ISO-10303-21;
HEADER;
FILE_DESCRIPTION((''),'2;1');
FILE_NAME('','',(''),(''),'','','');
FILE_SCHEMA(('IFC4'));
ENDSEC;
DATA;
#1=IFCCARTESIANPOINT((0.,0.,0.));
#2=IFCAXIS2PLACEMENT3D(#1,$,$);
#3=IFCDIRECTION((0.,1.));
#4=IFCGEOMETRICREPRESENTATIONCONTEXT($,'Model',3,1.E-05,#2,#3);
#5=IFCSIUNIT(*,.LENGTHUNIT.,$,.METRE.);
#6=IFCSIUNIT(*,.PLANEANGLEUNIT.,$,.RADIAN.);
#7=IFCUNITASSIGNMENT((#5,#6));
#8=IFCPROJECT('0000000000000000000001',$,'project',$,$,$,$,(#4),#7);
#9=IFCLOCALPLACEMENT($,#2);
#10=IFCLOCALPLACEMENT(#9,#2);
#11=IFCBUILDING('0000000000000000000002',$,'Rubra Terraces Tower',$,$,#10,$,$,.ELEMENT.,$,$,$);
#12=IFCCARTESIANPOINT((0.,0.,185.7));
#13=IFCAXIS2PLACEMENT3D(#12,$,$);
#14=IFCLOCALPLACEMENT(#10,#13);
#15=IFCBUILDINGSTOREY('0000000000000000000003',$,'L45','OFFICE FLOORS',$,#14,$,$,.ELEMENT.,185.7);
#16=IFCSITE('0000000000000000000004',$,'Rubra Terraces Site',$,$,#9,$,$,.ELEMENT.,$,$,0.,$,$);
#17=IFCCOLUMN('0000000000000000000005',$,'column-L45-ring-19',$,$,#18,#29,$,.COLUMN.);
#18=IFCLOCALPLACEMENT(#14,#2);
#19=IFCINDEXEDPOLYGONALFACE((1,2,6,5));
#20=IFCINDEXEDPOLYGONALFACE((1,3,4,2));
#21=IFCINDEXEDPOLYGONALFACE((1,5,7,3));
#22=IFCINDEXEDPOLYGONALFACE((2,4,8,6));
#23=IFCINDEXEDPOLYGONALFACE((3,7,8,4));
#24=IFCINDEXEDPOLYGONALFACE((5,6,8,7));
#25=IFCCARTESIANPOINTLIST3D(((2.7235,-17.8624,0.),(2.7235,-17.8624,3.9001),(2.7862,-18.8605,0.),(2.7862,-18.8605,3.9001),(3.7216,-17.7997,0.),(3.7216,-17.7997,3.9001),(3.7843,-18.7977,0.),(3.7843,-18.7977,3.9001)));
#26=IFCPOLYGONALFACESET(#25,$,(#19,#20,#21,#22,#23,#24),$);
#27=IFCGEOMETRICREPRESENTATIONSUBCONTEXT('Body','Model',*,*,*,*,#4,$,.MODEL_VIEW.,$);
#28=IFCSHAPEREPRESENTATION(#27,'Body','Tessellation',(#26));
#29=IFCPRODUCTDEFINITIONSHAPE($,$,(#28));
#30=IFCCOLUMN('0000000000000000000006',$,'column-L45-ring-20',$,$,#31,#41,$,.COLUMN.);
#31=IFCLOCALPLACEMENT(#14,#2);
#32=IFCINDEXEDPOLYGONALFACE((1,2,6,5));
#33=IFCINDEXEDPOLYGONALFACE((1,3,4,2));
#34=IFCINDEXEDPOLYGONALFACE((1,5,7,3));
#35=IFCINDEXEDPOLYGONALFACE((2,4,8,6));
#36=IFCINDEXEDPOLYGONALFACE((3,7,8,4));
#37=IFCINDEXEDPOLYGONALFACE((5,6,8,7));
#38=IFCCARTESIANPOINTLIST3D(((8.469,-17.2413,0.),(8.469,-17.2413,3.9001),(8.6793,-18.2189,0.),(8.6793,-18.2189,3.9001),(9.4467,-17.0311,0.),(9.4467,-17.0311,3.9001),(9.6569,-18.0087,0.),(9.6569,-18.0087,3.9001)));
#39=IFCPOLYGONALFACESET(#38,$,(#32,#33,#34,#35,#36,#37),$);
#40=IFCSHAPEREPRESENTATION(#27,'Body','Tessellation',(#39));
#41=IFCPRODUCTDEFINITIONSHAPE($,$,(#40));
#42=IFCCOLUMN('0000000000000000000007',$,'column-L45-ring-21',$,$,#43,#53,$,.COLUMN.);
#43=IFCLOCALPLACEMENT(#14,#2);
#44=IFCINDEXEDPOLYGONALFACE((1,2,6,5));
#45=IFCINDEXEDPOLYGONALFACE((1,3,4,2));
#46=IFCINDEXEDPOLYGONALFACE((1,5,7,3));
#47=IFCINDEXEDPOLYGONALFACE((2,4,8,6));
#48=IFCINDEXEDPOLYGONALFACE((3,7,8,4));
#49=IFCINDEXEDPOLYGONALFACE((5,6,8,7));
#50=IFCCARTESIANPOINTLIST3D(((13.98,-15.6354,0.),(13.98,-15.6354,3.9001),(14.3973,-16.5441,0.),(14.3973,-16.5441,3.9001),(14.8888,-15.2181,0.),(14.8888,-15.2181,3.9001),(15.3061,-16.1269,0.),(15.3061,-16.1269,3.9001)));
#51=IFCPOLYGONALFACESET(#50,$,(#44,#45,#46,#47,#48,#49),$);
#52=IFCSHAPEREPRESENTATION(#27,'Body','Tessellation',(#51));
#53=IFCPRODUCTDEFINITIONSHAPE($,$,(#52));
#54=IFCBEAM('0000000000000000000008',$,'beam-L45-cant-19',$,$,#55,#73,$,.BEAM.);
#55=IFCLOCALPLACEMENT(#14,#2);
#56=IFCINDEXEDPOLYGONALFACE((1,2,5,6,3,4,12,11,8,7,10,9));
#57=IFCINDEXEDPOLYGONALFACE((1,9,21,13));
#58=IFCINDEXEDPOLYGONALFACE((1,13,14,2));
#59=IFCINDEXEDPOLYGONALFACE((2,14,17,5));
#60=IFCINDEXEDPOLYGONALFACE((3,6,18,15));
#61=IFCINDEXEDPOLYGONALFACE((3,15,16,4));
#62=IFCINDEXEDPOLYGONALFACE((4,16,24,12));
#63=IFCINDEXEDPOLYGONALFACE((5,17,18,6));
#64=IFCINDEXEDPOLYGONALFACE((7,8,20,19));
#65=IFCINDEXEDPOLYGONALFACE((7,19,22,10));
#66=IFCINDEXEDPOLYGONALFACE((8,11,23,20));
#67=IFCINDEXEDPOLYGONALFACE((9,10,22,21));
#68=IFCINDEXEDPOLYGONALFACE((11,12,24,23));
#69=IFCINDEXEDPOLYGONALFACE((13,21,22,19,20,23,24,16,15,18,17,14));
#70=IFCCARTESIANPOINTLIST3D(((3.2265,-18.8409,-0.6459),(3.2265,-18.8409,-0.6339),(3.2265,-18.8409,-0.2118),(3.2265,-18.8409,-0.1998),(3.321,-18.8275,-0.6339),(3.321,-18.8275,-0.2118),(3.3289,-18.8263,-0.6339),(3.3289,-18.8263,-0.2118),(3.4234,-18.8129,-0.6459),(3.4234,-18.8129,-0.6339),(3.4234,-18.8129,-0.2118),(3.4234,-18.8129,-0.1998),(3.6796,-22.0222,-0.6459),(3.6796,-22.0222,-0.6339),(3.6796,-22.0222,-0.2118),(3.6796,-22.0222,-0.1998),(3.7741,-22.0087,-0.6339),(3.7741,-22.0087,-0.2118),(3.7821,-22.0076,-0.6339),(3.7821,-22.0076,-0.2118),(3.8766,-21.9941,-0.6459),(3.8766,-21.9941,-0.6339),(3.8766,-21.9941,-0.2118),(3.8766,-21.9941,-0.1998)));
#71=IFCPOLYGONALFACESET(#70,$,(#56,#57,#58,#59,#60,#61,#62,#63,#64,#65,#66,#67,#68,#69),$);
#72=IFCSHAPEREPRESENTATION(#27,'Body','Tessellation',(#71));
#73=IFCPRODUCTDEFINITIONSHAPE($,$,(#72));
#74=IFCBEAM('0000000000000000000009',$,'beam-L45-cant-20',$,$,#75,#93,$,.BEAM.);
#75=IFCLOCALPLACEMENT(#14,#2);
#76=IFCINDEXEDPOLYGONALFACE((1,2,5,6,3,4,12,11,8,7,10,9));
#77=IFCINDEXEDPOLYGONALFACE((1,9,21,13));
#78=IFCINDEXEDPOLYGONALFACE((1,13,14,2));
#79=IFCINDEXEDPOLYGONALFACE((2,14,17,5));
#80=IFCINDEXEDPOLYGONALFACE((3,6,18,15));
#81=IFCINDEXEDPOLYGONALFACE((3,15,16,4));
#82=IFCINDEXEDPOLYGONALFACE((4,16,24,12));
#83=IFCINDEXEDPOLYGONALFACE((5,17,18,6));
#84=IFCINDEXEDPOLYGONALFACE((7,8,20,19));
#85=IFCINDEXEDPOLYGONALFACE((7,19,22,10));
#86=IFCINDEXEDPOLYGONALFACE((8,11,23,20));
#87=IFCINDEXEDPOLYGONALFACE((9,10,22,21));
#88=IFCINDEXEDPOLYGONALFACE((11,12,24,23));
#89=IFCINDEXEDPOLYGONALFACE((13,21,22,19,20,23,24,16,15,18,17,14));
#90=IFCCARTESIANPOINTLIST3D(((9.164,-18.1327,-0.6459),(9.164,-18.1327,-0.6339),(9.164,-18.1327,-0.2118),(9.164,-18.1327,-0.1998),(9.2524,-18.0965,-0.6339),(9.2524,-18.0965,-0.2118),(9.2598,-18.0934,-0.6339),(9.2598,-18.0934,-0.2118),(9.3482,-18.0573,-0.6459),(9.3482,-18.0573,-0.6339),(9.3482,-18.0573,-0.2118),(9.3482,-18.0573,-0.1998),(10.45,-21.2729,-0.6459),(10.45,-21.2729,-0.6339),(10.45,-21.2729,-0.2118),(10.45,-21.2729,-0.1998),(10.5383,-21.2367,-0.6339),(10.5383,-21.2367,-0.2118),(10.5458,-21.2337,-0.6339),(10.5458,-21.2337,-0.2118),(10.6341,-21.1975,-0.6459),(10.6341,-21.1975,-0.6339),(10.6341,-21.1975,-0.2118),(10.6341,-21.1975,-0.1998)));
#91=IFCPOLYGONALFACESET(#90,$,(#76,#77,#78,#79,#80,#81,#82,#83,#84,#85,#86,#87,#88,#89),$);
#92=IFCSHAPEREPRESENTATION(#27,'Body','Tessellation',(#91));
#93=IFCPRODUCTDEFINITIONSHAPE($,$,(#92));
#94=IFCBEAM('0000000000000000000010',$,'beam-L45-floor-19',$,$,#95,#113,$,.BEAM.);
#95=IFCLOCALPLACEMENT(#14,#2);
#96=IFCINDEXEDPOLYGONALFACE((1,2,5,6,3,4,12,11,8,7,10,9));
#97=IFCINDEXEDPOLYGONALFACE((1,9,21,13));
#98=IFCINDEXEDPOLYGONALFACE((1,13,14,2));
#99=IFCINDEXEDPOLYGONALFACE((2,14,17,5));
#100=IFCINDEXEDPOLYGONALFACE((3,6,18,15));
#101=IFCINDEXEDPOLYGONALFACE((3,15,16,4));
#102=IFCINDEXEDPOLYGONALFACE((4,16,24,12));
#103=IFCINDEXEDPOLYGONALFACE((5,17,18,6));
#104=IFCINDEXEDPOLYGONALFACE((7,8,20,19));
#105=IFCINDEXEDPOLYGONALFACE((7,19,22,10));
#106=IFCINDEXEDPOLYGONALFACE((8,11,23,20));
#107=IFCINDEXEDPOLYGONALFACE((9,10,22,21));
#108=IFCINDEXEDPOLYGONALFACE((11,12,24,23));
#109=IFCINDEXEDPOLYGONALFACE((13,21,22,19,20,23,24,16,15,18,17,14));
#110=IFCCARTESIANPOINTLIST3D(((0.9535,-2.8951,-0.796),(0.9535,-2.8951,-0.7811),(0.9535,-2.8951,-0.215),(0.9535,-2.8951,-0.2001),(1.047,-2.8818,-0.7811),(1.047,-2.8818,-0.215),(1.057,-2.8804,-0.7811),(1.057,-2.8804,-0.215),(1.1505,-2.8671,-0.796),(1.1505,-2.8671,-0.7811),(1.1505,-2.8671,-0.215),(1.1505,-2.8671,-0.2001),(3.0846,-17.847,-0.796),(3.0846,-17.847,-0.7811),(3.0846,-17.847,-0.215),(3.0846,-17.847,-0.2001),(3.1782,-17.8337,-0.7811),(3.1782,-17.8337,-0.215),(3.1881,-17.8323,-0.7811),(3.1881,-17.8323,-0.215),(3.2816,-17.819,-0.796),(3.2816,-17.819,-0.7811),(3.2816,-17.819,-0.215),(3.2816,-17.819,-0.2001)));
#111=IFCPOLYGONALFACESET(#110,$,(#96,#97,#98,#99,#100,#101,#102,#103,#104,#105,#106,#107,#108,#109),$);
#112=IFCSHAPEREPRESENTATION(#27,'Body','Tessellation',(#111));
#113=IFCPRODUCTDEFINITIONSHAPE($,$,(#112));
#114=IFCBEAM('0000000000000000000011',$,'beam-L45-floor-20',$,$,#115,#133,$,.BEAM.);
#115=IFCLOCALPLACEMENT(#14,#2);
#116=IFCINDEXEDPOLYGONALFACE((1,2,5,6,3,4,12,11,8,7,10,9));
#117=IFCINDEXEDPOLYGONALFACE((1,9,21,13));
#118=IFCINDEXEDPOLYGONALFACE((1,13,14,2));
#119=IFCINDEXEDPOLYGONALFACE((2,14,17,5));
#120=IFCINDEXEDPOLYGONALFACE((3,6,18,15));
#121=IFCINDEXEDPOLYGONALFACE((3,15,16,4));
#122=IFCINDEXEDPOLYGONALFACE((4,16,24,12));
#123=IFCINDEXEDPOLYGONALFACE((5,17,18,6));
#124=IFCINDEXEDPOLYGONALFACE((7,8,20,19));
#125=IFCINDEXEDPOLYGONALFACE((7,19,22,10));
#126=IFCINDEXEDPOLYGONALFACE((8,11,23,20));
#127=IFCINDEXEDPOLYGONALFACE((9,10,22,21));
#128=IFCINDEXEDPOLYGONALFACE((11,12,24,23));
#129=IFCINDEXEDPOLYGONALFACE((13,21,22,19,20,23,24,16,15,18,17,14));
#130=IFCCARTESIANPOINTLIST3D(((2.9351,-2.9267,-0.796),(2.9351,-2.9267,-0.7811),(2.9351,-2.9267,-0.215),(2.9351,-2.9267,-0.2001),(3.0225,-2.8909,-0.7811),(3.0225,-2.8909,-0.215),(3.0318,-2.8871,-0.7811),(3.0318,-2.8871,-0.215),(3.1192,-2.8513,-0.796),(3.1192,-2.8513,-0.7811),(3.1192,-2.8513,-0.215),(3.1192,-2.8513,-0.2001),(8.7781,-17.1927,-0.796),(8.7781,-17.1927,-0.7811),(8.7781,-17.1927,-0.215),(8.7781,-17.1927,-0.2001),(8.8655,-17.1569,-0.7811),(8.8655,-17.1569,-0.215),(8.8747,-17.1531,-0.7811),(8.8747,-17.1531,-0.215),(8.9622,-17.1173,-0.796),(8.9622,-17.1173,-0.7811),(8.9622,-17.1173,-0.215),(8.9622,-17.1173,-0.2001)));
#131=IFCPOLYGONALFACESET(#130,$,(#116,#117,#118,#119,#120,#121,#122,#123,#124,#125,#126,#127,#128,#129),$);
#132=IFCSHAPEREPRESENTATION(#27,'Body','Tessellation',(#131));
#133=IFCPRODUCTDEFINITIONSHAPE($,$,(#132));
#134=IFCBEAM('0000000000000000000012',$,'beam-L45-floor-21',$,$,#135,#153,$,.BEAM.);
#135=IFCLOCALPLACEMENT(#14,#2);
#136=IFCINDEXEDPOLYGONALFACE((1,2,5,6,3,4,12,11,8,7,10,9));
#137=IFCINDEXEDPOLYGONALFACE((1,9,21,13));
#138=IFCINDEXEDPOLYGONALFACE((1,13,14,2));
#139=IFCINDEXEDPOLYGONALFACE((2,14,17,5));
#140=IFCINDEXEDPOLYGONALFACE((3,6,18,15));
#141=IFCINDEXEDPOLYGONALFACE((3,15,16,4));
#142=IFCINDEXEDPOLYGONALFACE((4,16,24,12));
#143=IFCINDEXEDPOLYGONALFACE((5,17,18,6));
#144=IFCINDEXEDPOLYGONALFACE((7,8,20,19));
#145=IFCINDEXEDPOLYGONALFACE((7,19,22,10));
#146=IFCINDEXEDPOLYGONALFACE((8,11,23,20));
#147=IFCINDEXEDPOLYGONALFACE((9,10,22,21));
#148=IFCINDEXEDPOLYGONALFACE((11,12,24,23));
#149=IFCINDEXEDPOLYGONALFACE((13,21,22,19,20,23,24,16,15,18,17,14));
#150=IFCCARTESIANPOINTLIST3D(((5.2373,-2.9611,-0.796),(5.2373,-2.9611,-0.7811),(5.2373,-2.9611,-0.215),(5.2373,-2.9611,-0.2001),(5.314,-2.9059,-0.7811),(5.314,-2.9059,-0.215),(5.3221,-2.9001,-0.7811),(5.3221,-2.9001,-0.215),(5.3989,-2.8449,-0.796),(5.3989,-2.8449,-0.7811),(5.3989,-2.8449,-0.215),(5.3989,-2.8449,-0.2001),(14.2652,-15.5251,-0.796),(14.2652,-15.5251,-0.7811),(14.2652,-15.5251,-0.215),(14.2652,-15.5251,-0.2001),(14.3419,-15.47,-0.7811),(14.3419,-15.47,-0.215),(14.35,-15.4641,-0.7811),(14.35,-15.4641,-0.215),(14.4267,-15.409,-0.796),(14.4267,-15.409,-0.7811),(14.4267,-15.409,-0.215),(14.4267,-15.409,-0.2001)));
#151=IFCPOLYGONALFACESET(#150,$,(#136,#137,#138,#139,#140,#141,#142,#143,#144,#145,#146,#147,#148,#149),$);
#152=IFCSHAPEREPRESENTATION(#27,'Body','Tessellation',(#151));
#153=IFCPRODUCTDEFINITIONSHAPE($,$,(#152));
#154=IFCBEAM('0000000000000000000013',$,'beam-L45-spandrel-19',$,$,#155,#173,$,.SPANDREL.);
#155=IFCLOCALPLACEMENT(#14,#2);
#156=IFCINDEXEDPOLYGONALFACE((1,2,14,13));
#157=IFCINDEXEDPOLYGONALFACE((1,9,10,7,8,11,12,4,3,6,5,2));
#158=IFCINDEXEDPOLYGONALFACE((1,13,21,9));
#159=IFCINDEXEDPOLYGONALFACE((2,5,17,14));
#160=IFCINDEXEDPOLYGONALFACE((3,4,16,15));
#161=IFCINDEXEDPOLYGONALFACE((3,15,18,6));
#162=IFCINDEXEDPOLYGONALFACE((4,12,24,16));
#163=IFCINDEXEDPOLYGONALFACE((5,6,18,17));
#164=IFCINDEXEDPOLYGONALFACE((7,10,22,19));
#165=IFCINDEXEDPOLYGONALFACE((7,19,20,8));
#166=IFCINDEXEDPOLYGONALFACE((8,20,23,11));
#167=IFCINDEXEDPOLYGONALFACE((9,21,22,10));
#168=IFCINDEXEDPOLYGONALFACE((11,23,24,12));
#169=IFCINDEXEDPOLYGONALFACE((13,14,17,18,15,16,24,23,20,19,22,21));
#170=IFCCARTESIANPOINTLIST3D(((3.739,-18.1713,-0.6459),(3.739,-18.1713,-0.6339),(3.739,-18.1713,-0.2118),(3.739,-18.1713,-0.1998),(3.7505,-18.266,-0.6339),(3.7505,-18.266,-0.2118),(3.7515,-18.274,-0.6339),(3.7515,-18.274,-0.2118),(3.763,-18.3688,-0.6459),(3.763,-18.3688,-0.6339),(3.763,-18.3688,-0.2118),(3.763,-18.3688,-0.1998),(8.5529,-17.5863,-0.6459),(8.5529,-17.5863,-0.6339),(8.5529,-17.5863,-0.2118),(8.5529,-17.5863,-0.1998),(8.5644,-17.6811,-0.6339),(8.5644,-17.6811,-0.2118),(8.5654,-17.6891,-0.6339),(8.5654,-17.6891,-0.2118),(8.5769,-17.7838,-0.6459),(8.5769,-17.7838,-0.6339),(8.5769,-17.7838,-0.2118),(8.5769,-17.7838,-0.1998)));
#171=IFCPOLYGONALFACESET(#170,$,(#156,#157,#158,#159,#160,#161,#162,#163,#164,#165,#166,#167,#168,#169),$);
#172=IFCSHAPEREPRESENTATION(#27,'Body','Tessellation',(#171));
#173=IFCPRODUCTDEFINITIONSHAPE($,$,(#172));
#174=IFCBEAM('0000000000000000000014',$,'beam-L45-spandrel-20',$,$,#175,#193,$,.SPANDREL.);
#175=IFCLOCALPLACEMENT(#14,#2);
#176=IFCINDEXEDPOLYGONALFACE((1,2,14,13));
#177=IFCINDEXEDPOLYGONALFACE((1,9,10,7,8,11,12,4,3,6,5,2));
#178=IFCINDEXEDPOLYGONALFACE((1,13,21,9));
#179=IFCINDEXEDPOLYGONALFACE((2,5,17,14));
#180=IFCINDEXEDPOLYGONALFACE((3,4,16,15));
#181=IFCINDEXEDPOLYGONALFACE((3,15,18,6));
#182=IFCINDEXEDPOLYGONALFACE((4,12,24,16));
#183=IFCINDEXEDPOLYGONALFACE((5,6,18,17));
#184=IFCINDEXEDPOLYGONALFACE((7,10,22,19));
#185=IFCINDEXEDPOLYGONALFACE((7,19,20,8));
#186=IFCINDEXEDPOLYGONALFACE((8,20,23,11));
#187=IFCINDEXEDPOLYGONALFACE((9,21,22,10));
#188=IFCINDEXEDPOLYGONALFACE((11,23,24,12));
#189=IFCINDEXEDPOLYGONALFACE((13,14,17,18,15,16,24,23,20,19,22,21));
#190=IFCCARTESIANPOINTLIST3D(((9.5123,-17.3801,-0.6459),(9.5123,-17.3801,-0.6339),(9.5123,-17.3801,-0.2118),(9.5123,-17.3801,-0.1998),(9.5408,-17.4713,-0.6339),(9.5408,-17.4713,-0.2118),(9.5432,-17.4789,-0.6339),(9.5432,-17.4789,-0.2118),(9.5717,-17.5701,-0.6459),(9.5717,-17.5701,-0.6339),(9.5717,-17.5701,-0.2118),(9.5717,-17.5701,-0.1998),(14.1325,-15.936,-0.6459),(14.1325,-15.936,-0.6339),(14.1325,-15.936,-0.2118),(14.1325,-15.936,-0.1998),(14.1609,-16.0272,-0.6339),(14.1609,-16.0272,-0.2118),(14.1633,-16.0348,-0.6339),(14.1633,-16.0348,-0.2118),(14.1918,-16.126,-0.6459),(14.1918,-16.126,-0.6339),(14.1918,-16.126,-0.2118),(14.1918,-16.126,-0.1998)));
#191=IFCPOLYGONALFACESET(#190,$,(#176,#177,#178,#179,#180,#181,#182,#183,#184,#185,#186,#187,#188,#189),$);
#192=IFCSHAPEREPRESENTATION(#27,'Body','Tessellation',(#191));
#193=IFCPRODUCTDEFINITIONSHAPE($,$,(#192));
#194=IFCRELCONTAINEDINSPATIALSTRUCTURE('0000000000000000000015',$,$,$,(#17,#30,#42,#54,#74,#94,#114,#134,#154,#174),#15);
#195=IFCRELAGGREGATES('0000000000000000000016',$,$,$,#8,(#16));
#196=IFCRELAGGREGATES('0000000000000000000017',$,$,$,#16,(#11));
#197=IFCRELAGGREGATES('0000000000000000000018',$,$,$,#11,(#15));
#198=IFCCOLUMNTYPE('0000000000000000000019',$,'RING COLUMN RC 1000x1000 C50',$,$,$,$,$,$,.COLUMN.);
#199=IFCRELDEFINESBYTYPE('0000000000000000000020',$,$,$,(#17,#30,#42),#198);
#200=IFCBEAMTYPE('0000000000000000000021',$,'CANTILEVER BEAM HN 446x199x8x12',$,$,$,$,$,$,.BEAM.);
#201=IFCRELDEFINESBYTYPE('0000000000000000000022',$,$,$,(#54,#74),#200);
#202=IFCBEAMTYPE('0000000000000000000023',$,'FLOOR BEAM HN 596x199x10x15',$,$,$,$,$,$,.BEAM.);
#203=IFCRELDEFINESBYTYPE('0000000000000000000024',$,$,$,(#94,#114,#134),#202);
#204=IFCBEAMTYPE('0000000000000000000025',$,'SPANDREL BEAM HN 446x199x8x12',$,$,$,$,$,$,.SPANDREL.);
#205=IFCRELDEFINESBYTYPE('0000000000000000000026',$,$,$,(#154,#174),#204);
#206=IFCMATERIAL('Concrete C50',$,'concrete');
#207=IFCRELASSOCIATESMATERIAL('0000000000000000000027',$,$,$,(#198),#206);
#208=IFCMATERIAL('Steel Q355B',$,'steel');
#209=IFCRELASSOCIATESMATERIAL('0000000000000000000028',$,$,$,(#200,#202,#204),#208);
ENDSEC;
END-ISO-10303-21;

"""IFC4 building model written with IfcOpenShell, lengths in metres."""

from ifc_helpers import new_model, si_unit, direction, frame, origin, origin_2d, place, context, subcontext, project, spatial, rectangle, i_section, extrude, material, material_profile, profile_set, type_object, element, save


model = new_model("IFC4")

# Units and contexts
model_context = context("Model", 3, precision=1e-05, world=origin(), true_north=direction((0.0, 1.0)))
body_context = subcontext(model_context, "Body", "Model", "MODEL_VIEW")
ifc_project = project(units=[si_unit("LENGTHUNIT", "METRE"), si_unit("PLANEANGLEUNIT", "RADIAN")], contexts=[model_context])

# Site, building, storey
site_placement = place(None, origin())
site = spatial("IfcSite", under=ifc_project, at=site_placement, Name="Rubra Terraces Site", CompositionType="ELEMENT", RefElevation=0.0)
building_placement = place(site_placement, origin())
building = spatial("IfcBuilding", under=site, at=building_placement, Name="Rubra Terraces Tower", CompositionType="ELEMENT")
storey_placement = place(building_placement, frame((0.0, 0.0, 185.7)))
storey = spatial("IfcBuildingStorey", under=building, at=storey_placement, Name="L45", Description="OFFICE FLOORS", CompositionType="ELEMENT", Elevation=185.7)

# Columns
ifc_material_1 = material(Name="Concrete C50", Category="concrete")
ifc_material_profile_1 = material_profile(ifc_material_1, rectangle(XDim=1.0, YDim=1.0, at=origin_2d()), Name="RC 1000x1000")
ifc_profile_set_1 = profile_set([ifc_material_profile_1], Name="Concrete C50")
column_type = type_object("IfcColumnType", Name="RING COLUMN RC 1000x1000 C50", PredefinedType="COLUMN", material=ifc_profile_set_1)
for number, where, z_axis, x_axis, name in (
    (1, (3.2539, -18.3301, 0.0), (0.0, 0.0, 1.0), (0.998032, 0.062714, 0.0), "column-L45-ring-19"),
    (2, (9.063, -17.625, 0.0), (0.0, 0.0, 1.0), (0.977653, 0.210227, 0.0), "column-L45-ring-20"),
    (3, (14.6431, -15.8811, 0.0), (0.0, 0.0, 1.0), (0.908779, 0.417279, 0.0), "column-L45-ring-21"),
):
    element("IfcColumn", number, at=place(storey_placement, frame(where, z_axis=z_axis, x_axis=x_axis)), inside=storey, type_object=column_type, Name=name, PredefinedType="COLUMN", context=body_context, shape_type="SweptSolid", body=[
        extrude(rectangle(XDim=1.0, YDim=1.0, at=origin_2d()), origin(), (0.0, 0.0, 1.0), 3.9001),
    ])

# Beams
ifc_material_2 = material(Name="Steel Q355B", Category="steel")
ifc_material_profile_2 = material_profile(ifc_material_2, i_section(OverallWidth=0.199, OverallDepth=0.446, WebThickness=0.0081, FlangeThickness=0.012, at=origin_2d()), Name="HN 446x199x8x12")
ifc_profile_set_2 = profile_set([ifc_material_profile_2], Name="Steel Q355B")
beam_type_1 = type_object("IfcBeamType", Name="CANTILEVER BEAM HN 446x199x8x12", PredefinedType="BEAM", material=ifc_profile_set_2)
beam_1_placement = place(storey_placement, frame((3.325, -18.8269, -0.4229), z_axis=(0.141017, -0.990007, 0.0), x_axis=(0.990007, 0.141017, 0.0)))
element("IfcBeam", 4, at=beam_1_placement, inside=storey, type_object=beam_type_1, Name="beam-L45-cant-19", PredefinedType="BEAM", context=body_context, shape_type="SweptSolid", body=[
    extrude(i_section(OverallWidth=0.199, OverallDepth=0.446, WebThickness=0.0081, FlangeThickness=0.012, at=origin_2d()), origin(), (0.0, 0.0, 1.0), 3.2134),
])
beam_2_placement = place(storey_placement, frame((9.2561, -18.095, -0.4229), z_axis=(0.378958, -0.925414, 0.0), x_axis=(0.925414, 0.378958, 0.0)))
element("IfcBeam", 5, at=beam_2_placement, inside=storey, type_object=beam_type_1, Name="beam-L45-cant-20", PredefinedType="BEAM", context=body_context, shape_type="SweptSolid", body=[
    extrude(i_section(OverallWidth=0.199, OverallDepth=0.446, WebThickness=0.0081, FlangeThickness=0.012, at=origin_2d()), origin(), (0.0, 0.0, 1.0), 3.3933),
])
ifc_material_profile_3 = material_profile(ifc_material_2, i_section(OverallWidth=0.199, OverallDepth=0.5959, WebThickness=0.01, FlangeThickness=0.0149, at=origin_2d()), Name="HN 596x199x10x15")
ifc_profile_set_3 = profile_set([ifc_material_profile_3], Name="Steel Q355B")
beam_type_2 = type_object("IfcBeamType", Name="FLOOR BEAM HN 596x199x10x15", PredefinedType="BEAM", material=ifc_profile_set_3)
beam_3_placement = place(storey_placement, frame((3.1831, -17.833, -0.498), z_axis=(-0.141105, 0.989995, 0.0), x_axis=(-0.989995, -0.141105, 0.0)))
element("IfcBeam", 6, at=beam_3_placement, inside=storey, type_object=beam_type_2, Name="beam-L45-floor-19", PredefinedType="BEAM", context=body_context, shape_type="SweptSolid", body=[
    extrude(i_section(OverallWidth=0.199, OverallDepth=0.5959, WebThickness=0.01, FlangeThickness=0.0149, at=origin_2d()), origin(), (0.0, 0.0, 1.0), 15.103),
])
beam_4_placement = place(storey_placement, frame((8.8701, -17.155, -0.498), z_axis=(-0.379015, 0.92539, 0.0), x_axis=(-0.92539, -0.379015, 0.0)))
element("IfcBeam", 7, at=beam_4_placement, inside=storey, type_object=beam_type_2, Name="beam-L45-floor-20", PredefinedType="BEAM", context=body_context, shape_type="SweptSolid", body=[
    extrude(i_section(OverallWidth=0.199, OverallDepth=0.5959, WebThickness=0.01, FlangeThickness=0.0149, at=origin_2d()), origin(), (0.0, 0.0, 1.0), 15.4163),
])
beam_5_placement = place(storey_placement, frame((14.3459, -15.467, -0.498), z_axis=(-0.583529, 0.812092, 0.0), x_axis=(-0.812092, -0.583529, 0.0)))
element("IfcBeam", 8, at=beam_5_placement, inside=storey, type_object=beam_type_2, Name="beam-L45-floor-21", PredefinedType="BEAM", context=body_context, shape_type="SweptSolid", body=[
    extrude(i_section(OverallWidth=0.199, OverallDepth=0.5959, WebThickness=0.01, FlangeThickness=0.0149, at=origin_2d()), origin(), (0.0, 0.0, 1.0), 15.4712),
])
ifc_material_profile_4 = material_profile(ifc_material_2, i_section(OverallWidth=0.199, OverallDepth=0.446, WebThickness=0.0081, FlangeThickness=0.012, at=origin_2d()), Name="HN 446x199x8x12")
ifc_profile_set_4 = profile_set([ifc_material_profile_4], Name="Steel Q355B")
beam_type_3 = type_object("IfcBeamType", Name="SPANDREL BEAM HN 446x199x8x12", PredefinedType="SPANDREL", material=ifc_profile_set_4)
beam_6_placement = place(storey_placement, frame((3.751, -18.27, -0.4229), z_axis=(0.992698, 0.120626, 0.0), x_axis=(-0.120626, 0.992698, 0.0)))
element("IfcBeam", 9, at=beam_6_placement, inside=storey, type_object=beam_type_3, Name="beam-L45-spandrel-19", PredefinedType="SPANDREL", context=body_context, shape_type="SweptSolid", body=[
    extrude(i_section(OverallWidth=0.199, OverallDepth=0.446, WebThickness=0.0081, FlangeThickness=0.012, at=origin_2d()), origin(), (0.0, 0.0, 1.0), 4.8494),
])
beam_7_placement = place(storey_placement, frame((9.542, -17.4751, -0.4229), z_axis=(0.954462, 0.298332, 0.0), x_axis=(-0.298332, 0.954462, 0.0)))
element("IfcBeam", 10, at=beam_7_placement, inside=storey, type_object=beam_type_3, Name="beam-L45-spandrel-20", PredefinedType="SPANDREL", context=body_context, shape_type="SweptSolid", body=[
    extrude(i_section(OverallWidth=0.199, OverallDepth=0.446, WebThickness=0.0081, FlangeThickness=0.012, at=origin_2d()), origin(), (0.0, 0.0, 1.0), 4.8406),
])

save(model, "model.ifc")
